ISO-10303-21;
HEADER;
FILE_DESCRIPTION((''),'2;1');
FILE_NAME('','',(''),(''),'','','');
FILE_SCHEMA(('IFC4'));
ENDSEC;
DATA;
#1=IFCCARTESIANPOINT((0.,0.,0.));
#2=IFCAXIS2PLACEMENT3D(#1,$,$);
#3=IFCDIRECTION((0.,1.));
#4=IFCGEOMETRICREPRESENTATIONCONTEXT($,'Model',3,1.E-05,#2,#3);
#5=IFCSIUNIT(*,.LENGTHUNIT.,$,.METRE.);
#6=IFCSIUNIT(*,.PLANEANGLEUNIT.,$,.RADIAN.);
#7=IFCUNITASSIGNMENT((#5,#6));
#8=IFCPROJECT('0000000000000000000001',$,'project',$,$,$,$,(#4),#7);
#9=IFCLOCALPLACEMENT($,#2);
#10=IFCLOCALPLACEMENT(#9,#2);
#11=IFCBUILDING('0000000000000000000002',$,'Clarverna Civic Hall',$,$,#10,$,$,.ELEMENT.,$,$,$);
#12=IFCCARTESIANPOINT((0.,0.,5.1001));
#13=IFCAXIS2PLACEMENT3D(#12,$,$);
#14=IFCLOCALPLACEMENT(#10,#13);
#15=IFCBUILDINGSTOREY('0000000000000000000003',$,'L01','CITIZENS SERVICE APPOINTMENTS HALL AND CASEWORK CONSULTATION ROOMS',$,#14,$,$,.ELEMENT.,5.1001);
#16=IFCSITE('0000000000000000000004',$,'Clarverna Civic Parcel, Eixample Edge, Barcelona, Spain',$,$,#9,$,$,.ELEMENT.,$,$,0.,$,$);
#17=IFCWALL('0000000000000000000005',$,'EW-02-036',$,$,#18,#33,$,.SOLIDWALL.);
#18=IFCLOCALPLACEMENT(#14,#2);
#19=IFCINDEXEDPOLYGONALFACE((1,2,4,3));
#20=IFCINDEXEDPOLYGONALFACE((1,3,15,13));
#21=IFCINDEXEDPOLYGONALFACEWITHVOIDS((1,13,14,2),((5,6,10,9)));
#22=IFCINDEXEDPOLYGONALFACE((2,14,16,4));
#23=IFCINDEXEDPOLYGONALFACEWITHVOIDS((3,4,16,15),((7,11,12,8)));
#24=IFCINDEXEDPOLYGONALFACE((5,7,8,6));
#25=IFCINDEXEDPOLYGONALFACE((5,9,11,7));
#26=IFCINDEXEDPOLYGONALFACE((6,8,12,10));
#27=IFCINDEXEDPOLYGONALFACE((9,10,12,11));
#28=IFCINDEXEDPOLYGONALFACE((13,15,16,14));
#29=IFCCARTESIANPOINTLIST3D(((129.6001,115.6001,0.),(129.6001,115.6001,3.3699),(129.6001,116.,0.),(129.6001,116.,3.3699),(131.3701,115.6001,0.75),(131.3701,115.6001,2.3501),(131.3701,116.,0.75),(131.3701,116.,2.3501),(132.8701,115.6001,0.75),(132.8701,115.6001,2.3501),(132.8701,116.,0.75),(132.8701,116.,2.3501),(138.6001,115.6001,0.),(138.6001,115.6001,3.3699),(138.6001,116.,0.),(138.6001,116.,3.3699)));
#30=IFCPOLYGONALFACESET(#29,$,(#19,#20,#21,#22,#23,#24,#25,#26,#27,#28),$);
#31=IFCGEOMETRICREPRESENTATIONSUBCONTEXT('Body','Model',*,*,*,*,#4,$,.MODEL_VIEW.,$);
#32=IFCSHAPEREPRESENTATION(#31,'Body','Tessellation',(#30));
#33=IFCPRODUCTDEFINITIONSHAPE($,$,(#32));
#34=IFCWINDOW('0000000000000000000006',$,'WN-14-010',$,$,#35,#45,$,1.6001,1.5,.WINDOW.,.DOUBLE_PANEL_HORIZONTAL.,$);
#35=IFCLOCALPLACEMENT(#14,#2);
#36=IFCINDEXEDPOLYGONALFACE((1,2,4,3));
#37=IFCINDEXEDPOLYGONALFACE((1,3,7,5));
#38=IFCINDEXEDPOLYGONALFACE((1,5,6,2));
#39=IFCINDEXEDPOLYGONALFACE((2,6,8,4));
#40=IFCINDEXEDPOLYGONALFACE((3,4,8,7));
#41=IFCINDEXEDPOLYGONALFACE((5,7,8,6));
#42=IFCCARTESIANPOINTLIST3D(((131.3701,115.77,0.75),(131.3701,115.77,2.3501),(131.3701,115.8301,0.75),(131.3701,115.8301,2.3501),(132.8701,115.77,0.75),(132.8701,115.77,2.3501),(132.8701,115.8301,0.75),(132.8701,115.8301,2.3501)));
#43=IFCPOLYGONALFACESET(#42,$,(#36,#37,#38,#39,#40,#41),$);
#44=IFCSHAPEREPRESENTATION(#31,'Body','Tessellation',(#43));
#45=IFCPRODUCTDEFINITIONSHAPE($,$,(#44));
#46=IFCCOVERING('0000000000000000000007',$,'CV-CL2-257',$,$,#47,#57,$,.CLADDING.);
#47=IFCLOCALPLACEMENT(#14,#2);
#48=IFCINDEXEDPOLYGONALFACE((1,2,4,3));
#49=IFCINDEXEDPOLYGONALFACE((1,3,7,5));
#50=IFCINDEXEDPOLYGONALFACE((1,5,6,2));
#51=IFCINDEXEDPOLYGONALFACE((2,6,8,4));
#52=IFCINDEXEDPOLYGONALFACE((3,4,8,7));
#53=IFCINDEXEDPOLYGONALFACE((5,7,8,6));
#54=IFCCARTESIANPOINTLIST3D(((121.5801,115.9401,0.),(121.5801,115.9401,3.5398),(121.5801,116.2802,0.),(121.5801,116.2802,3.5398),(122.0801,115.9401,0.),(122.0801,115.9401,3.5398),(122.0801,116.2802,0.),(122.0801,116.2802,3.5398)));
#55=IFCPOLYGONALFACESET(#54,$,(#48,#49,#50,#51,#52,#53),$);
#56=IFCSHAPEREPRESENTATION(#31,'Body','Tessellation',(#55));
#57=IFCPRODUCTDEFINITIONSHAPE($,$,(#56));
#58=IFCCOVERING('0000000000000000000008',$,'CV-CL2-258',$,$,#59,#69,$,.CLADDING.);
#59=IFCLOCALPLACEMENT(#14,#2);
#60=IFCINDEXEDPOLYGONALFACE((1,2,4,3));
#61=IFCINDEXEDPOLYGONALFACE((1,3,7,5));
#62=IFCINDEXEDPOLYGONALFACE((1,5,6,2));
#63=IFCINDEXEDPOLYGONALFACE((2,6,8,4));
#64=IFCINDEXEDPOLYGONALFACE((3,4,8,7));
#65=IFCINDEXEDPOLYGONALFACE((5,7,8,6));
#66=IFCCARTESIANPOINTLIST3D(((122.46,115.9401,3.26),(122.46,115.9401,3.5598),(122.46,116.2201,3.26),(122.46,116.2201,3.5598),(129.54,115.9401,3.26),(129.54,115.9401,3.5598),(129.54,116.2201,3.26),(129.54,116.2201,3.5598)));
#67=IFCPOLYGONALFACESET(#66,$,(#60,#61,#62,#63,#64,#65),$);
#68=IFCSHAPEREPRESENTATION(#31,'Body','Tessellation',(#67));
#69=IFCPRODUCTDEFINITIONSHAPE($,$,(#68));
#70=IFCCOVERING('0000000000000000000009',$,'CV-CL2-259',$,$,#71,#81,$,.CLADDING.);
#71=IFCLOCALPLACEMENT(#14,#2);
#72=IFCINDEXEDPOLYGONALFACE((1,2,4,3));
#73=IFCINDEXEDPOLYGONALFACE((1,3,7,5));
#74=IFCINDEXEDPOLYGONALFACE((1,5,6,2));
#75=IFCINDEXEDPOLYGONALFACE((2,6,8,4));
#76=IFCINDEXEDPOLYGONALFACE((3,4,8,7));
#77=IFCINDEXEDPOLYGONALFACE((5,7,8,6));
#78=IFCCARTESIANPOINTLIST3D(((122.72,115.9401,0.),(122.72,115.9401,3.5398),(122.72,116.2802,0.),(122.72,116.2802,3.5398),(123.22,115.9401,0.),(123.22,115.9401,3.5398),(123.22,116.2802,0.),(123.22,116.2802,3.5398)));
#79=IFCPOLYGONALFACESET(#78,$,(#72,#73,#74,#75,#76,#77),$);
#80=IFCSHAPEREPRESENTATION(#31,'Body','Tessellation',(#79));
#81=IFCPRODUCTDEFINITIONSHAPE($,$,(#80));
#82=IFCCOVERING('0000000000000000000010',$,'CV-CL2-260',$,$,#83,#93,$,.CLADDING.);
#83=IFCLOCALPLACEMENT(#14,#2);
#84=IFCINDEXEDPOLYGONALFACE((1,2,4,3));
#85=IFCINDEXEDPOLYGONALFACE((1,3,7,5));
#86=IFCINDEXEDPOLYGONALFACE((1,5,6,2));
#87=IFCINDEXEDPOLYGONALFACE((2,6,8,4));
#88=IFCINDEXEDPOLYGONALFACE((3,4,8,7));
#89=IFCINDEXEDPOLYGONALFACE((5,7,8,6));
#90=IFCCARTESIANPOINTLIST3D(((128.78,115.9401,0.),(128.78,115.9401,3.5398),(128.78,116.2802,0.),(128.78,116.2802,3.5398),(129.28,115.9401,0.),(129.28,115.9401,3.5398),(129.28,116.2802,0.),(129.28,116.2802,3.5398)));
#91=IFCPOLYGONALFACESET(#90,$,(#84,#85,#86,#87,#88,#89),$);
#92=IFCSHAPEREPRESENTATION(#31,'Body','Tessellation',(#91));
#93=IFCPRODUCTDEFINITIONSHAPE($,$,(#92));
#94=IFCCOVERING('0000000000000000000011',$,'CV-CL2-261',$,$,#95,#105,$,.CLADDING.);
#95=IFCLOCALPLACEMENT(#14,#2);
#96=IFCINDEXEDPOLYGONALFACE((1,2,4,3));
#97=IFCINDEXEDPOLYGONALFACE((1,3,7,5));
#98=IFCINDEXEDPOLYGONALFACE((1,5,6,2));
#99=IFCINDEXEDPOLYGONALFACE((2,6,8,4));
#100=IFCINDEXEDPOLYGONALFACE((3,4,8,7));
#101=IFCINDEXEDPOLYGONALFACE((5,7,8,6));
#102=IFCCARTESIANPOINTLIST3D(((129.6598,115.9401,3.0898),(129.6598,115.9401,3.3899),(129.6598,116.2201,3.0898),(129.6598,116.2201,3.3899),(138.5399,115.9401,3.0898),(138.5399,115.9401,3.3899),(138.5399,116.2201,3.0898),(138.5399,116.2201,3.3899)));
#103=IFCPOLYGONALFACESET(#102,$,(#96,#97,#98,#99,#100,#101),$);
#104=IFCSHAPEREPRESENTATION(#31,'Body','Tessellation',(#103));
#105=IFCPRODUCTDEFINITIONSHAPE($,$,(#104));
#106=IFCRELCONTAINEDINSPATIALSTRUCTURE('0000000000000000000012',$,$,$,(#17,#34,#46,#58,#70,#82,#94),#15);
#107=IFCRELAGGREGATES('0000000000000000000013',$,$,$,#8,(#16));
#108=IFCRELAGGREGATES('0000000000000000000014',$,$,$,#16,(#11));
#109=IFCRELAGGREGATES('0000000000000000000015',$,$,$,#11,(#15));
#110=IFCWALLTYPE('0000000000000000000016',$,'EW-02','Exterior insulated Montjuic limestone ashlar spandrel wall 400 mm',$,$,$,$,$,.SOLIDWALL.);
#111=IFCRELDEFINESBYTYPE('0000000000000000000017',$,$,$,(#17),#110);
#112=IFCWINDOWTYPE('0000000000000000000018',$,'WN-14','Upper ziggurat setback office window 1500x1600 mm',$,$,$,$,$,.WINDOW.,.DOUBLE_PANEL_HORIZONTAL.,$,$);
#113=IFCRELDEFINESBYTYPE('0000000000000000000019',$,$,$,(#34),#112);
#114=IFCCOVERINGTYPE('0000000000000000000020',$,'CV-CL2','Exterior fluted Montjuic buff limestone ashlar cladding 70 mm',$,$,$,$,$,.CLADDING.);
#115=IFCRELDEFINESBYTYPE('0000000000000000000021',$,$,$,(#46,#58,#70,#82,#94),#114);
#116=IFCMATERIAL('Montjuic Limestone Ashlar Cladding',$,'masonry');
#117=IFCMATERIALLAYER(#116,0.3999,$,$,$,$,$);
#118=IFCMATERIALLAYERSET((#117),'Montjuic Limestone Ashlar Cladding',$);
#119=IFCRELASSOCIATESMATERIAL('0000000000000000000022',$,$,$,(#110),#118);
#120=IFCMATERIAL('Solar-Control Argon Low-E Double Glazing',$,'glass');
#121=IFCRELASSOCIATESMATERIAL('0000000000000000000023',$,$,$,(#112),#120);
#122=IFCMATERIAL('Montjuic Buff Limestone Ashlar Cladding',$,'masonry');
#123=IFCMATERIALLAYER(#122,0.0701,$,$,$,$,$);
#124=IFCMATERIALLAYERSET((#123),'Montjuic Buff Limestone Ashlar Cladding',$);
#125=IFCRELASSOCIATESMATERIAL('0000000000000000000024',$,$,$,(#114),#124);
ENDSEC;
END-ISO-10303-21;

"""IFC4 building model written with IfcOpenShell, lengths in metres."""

from ifc_helpers import new_model, si_unit, direction, frame, frame_2d, origin, place, context, subcontext, project, spatial, rectangle, extrude, material, layer, layer_set, type_object, element, fill, save


model = new_model("IFC4")

# Units and contexts
model_context = context("Model", 3, precision=1e-05, world=origin(), true_north=direction((0.0, 1.0)))
body_context = subcontext(model_context, "Body", "Model", "MODEL_VIEW")
ifc_project = project(units=[si_unit("LENGTHUNIT", "METRE"), si_unit("PLANEANGLEUNIT", "RADIAN")], contexts=[model_context])

# Site, building, storey
site_placement = place(None, origin())
site = spatial("IfcSite", under=ifc_project, at=site_placement, Name="Clarverna Civic Parcel, Eixample Edge, Barcelona, Spain", CompositionType="ELEMENT", RefElevation=0.0)
building_placement = place(site_placement, origin())
building = spatial("IfcBuilding", under=site, at=building_placement, Name="Clarverna Civic Hall", CompositionType="ELEMENT")
storey_placement = place(building_placement, frame((0.0, 0.0, 5.1001)))
storey = spatial("IfcBuildingStorey", under=building, at=storey_placement, Name="L01", Description="CITIZENS SERVICE APPOINTMENTS HALL AND CASEWORK CONSULTATION ROOMS", CompositionType="ELEMENT", Elevation=5.1001)

# Shared definitions
ifc_material_1 = material(Name="Montjuic Limestone Ashlar Cladding", Category="masonry")
ifc_layer_1 = layer(ifc_material_1, 0.3999)
ifc_layer_set_1 = layer_set([ifc_layer_1], Name="Montjuic Limestone Ashlar Cladding")
wall_type = type_object("IfcWallType", Name="EW-02", Description="Exterior insulated Montjuic limestone ashlar spandrel wall 400 mm", PredefinedType="SOLIDWALL", material=ifc_layer_set_1)
ifc_material_2 = material(Name="Solar-Control Argon Low-E Double Glazing", Category="glass")

# Wall, opening, window
wall_1_placement = place(storey_placement, frame((129.6001, 115.8, 0.0), z_axis=(0.0, 0.0, 1.0), x_axis=(1.0, 0.0, 0.0)))
wall_1 = element("IfcWall", 1, at=wall_1_placement, inside=storey, type_object=wall_type, Name="EW-02-036", PredefinedType="SOLIDWALL", context=body_context, shape_type="SweptSolid", body=[
    extrude(rectangle(XDim=9.0, YDim=0.3999, at=frame_2d((4.5, 0.0))), origin(), (0.0, 0.0, 1.0), 3.3699),
])
opening_1_placement = place(wall_1_placement, frame((1.77, 0.0, 0.75)))
opening_1 = element("IfcOpeningElement", 2, at=opening_1_placement, cuts=wall_1, PredefinedType="OPENING", context=body_context, shape_type="SweptSolid", body=[
    extrude(rectangle(XDim=1.5, YDim=1.6001, at=frame_2d((0.75, 0.8))), frame((0.0, 0.21, 0.0), z_axis=(0.0, -1.0, 0.0), x_axis=(1.0, 0.0, 0.0)), (0.0, 0.0, 1.0), 0.4199),
])
window_type_1 = type_object("IfcWindowType", Name="WN-14", Description="Upper ziggurat setback office window 1500x1600 mm", PartitioningType="DOUBLE_PANEL_HORIZONTAL", PredefinedType="WINDOW", material=ifc_material_2)
window_1_placement = place(opening_1_placement, origin())
window_1 = element("IfcWindow", 3, at=window_1_placement, inside=storey, type_object=window_type_1, Name="WN-14-010", OverallHeight=1.6001, OverallWidth=1.5, PartitioningType="DOUBLE_PANEL_HORIZONTAL", PredefinedType="WINDOW", context=body_context, shape_type="SweptSolid", body=[
    extrude(rectangle(XDim=1.5, YDim=1.6001, at=frame_2d((0.75, 0.8))), frame((0.0, 0.03, 0.0), z_axis=(0.0, -1.0, 0.0), x_axis=(1.0, 0.0, 0.0)), (0.0, 0.0, 1.0), 0.0601),
])
fill(opening_1, window_1)

# Coverings
ifc_material_3 = material(Name="Montjuic Buff Limestone Ashlar Cladding", Category="masonry")
ifc_layer_2 = layer(ifc_material_3, 0.0701)
ifc_layer_set_2 = layer_set([ifc_layer_2], Name="Montjuic Buff Limestone Ashlar Cladding")
covering_type = type_object("IfcCoveringType", Name="CV-CL2", Description="Exterior fluted Montjuic buff limestone ashlar cladding 70 mm", PredefinedType="CLADDING", material=ifc_layer_set_2)
covering_1_placement = place(storey_placement, frame((121.5801, 116.1101, 0.0), z_axis=(0.0, 0.0, 1.0), x_axis=(1.0, 0.0, 0.0)))
element("IfcCovering", 4, at=covering_1_placement, inside=storey, type_object=covering_type, Name="CV-CL2-257", PredefinedType="CLADDING", context=body_context, shape_type="SweptSolid", body=[
    extrude(rectangle(XDim=0.5, YDim=0.3401, at=frame_2d((0.25, 0.0))), origin(), (0.0, 0.0, 1.0), 3.5398),
])
covering_2_placement = place(storey_placement, frame((122.46, 116.0801, 3.26), z_axis=(0.0, 0.0, 1.0), x_axis=(1.0, 0.0, 0.0)))
element("IfcCovering", 5, at=covering_2_placement, inside=storey, type_object=covering_type, Name="CV-CL2-258", PredefinedType="CLADDING", context=body_context, shape_type="SweptSolid", body=[
    extrude(rectangle(XDim=7.0801, YDim=0.28, at=frame_2d((3.54, 0.0))), origin(), (0.0, 0.0, 1.0), 0.2998),
])
for number, where, z_axis, x_axis, name in (
    (6, (122.72, 116.1101, 0.0), (0.0, 0.0, 1.0), (1.0, 0.0, 0.0), "CV-CL2-259"),
    (7, (128.78, 116.1101, 0.0), (0.0, 0.0, 1.0), (1.0, 0.0, 0.0), "CV-CL2-260"),
):
    element("IfcCovering", number, at=place(storey_placement, frame(where, z_axis=z_axis, x_axis=x_axis)), inside=storey, type_object=covering_type, Name=name, PredefinedType="CLADDING", context=body_context, shape_type="SweptSolid", body=[
        extrude(rectangle(XDim=0.5, YDim=0.3401, at=frame_2d((0.25, 0.0))), origin(), (0.0, 0.0, 1.0), 3.5398),
    ])
covering_3_placement = place(storey_placement, frame((129.6599, 116.0801, 3.0898), z_axis=(0.0, 0.0, 1.0), x_axis=(1.0, 0.0, 0.0)))
element("IfcCovering", 8, at=covering_3_placement, inside=storey, type_object=covering_type, Name="CV-CL2-261", PredefinedType="CLADDING", context=body_context, shape_type="SweptSolid", body=[
    extrude(rectangle(XDim=8.8801, YDim=0.28, at=frame_2d((4.4399, 0.0))), origin(), (0.0, 0.0, 1.0), 0.3),
])

save(model, "model.ifc")
